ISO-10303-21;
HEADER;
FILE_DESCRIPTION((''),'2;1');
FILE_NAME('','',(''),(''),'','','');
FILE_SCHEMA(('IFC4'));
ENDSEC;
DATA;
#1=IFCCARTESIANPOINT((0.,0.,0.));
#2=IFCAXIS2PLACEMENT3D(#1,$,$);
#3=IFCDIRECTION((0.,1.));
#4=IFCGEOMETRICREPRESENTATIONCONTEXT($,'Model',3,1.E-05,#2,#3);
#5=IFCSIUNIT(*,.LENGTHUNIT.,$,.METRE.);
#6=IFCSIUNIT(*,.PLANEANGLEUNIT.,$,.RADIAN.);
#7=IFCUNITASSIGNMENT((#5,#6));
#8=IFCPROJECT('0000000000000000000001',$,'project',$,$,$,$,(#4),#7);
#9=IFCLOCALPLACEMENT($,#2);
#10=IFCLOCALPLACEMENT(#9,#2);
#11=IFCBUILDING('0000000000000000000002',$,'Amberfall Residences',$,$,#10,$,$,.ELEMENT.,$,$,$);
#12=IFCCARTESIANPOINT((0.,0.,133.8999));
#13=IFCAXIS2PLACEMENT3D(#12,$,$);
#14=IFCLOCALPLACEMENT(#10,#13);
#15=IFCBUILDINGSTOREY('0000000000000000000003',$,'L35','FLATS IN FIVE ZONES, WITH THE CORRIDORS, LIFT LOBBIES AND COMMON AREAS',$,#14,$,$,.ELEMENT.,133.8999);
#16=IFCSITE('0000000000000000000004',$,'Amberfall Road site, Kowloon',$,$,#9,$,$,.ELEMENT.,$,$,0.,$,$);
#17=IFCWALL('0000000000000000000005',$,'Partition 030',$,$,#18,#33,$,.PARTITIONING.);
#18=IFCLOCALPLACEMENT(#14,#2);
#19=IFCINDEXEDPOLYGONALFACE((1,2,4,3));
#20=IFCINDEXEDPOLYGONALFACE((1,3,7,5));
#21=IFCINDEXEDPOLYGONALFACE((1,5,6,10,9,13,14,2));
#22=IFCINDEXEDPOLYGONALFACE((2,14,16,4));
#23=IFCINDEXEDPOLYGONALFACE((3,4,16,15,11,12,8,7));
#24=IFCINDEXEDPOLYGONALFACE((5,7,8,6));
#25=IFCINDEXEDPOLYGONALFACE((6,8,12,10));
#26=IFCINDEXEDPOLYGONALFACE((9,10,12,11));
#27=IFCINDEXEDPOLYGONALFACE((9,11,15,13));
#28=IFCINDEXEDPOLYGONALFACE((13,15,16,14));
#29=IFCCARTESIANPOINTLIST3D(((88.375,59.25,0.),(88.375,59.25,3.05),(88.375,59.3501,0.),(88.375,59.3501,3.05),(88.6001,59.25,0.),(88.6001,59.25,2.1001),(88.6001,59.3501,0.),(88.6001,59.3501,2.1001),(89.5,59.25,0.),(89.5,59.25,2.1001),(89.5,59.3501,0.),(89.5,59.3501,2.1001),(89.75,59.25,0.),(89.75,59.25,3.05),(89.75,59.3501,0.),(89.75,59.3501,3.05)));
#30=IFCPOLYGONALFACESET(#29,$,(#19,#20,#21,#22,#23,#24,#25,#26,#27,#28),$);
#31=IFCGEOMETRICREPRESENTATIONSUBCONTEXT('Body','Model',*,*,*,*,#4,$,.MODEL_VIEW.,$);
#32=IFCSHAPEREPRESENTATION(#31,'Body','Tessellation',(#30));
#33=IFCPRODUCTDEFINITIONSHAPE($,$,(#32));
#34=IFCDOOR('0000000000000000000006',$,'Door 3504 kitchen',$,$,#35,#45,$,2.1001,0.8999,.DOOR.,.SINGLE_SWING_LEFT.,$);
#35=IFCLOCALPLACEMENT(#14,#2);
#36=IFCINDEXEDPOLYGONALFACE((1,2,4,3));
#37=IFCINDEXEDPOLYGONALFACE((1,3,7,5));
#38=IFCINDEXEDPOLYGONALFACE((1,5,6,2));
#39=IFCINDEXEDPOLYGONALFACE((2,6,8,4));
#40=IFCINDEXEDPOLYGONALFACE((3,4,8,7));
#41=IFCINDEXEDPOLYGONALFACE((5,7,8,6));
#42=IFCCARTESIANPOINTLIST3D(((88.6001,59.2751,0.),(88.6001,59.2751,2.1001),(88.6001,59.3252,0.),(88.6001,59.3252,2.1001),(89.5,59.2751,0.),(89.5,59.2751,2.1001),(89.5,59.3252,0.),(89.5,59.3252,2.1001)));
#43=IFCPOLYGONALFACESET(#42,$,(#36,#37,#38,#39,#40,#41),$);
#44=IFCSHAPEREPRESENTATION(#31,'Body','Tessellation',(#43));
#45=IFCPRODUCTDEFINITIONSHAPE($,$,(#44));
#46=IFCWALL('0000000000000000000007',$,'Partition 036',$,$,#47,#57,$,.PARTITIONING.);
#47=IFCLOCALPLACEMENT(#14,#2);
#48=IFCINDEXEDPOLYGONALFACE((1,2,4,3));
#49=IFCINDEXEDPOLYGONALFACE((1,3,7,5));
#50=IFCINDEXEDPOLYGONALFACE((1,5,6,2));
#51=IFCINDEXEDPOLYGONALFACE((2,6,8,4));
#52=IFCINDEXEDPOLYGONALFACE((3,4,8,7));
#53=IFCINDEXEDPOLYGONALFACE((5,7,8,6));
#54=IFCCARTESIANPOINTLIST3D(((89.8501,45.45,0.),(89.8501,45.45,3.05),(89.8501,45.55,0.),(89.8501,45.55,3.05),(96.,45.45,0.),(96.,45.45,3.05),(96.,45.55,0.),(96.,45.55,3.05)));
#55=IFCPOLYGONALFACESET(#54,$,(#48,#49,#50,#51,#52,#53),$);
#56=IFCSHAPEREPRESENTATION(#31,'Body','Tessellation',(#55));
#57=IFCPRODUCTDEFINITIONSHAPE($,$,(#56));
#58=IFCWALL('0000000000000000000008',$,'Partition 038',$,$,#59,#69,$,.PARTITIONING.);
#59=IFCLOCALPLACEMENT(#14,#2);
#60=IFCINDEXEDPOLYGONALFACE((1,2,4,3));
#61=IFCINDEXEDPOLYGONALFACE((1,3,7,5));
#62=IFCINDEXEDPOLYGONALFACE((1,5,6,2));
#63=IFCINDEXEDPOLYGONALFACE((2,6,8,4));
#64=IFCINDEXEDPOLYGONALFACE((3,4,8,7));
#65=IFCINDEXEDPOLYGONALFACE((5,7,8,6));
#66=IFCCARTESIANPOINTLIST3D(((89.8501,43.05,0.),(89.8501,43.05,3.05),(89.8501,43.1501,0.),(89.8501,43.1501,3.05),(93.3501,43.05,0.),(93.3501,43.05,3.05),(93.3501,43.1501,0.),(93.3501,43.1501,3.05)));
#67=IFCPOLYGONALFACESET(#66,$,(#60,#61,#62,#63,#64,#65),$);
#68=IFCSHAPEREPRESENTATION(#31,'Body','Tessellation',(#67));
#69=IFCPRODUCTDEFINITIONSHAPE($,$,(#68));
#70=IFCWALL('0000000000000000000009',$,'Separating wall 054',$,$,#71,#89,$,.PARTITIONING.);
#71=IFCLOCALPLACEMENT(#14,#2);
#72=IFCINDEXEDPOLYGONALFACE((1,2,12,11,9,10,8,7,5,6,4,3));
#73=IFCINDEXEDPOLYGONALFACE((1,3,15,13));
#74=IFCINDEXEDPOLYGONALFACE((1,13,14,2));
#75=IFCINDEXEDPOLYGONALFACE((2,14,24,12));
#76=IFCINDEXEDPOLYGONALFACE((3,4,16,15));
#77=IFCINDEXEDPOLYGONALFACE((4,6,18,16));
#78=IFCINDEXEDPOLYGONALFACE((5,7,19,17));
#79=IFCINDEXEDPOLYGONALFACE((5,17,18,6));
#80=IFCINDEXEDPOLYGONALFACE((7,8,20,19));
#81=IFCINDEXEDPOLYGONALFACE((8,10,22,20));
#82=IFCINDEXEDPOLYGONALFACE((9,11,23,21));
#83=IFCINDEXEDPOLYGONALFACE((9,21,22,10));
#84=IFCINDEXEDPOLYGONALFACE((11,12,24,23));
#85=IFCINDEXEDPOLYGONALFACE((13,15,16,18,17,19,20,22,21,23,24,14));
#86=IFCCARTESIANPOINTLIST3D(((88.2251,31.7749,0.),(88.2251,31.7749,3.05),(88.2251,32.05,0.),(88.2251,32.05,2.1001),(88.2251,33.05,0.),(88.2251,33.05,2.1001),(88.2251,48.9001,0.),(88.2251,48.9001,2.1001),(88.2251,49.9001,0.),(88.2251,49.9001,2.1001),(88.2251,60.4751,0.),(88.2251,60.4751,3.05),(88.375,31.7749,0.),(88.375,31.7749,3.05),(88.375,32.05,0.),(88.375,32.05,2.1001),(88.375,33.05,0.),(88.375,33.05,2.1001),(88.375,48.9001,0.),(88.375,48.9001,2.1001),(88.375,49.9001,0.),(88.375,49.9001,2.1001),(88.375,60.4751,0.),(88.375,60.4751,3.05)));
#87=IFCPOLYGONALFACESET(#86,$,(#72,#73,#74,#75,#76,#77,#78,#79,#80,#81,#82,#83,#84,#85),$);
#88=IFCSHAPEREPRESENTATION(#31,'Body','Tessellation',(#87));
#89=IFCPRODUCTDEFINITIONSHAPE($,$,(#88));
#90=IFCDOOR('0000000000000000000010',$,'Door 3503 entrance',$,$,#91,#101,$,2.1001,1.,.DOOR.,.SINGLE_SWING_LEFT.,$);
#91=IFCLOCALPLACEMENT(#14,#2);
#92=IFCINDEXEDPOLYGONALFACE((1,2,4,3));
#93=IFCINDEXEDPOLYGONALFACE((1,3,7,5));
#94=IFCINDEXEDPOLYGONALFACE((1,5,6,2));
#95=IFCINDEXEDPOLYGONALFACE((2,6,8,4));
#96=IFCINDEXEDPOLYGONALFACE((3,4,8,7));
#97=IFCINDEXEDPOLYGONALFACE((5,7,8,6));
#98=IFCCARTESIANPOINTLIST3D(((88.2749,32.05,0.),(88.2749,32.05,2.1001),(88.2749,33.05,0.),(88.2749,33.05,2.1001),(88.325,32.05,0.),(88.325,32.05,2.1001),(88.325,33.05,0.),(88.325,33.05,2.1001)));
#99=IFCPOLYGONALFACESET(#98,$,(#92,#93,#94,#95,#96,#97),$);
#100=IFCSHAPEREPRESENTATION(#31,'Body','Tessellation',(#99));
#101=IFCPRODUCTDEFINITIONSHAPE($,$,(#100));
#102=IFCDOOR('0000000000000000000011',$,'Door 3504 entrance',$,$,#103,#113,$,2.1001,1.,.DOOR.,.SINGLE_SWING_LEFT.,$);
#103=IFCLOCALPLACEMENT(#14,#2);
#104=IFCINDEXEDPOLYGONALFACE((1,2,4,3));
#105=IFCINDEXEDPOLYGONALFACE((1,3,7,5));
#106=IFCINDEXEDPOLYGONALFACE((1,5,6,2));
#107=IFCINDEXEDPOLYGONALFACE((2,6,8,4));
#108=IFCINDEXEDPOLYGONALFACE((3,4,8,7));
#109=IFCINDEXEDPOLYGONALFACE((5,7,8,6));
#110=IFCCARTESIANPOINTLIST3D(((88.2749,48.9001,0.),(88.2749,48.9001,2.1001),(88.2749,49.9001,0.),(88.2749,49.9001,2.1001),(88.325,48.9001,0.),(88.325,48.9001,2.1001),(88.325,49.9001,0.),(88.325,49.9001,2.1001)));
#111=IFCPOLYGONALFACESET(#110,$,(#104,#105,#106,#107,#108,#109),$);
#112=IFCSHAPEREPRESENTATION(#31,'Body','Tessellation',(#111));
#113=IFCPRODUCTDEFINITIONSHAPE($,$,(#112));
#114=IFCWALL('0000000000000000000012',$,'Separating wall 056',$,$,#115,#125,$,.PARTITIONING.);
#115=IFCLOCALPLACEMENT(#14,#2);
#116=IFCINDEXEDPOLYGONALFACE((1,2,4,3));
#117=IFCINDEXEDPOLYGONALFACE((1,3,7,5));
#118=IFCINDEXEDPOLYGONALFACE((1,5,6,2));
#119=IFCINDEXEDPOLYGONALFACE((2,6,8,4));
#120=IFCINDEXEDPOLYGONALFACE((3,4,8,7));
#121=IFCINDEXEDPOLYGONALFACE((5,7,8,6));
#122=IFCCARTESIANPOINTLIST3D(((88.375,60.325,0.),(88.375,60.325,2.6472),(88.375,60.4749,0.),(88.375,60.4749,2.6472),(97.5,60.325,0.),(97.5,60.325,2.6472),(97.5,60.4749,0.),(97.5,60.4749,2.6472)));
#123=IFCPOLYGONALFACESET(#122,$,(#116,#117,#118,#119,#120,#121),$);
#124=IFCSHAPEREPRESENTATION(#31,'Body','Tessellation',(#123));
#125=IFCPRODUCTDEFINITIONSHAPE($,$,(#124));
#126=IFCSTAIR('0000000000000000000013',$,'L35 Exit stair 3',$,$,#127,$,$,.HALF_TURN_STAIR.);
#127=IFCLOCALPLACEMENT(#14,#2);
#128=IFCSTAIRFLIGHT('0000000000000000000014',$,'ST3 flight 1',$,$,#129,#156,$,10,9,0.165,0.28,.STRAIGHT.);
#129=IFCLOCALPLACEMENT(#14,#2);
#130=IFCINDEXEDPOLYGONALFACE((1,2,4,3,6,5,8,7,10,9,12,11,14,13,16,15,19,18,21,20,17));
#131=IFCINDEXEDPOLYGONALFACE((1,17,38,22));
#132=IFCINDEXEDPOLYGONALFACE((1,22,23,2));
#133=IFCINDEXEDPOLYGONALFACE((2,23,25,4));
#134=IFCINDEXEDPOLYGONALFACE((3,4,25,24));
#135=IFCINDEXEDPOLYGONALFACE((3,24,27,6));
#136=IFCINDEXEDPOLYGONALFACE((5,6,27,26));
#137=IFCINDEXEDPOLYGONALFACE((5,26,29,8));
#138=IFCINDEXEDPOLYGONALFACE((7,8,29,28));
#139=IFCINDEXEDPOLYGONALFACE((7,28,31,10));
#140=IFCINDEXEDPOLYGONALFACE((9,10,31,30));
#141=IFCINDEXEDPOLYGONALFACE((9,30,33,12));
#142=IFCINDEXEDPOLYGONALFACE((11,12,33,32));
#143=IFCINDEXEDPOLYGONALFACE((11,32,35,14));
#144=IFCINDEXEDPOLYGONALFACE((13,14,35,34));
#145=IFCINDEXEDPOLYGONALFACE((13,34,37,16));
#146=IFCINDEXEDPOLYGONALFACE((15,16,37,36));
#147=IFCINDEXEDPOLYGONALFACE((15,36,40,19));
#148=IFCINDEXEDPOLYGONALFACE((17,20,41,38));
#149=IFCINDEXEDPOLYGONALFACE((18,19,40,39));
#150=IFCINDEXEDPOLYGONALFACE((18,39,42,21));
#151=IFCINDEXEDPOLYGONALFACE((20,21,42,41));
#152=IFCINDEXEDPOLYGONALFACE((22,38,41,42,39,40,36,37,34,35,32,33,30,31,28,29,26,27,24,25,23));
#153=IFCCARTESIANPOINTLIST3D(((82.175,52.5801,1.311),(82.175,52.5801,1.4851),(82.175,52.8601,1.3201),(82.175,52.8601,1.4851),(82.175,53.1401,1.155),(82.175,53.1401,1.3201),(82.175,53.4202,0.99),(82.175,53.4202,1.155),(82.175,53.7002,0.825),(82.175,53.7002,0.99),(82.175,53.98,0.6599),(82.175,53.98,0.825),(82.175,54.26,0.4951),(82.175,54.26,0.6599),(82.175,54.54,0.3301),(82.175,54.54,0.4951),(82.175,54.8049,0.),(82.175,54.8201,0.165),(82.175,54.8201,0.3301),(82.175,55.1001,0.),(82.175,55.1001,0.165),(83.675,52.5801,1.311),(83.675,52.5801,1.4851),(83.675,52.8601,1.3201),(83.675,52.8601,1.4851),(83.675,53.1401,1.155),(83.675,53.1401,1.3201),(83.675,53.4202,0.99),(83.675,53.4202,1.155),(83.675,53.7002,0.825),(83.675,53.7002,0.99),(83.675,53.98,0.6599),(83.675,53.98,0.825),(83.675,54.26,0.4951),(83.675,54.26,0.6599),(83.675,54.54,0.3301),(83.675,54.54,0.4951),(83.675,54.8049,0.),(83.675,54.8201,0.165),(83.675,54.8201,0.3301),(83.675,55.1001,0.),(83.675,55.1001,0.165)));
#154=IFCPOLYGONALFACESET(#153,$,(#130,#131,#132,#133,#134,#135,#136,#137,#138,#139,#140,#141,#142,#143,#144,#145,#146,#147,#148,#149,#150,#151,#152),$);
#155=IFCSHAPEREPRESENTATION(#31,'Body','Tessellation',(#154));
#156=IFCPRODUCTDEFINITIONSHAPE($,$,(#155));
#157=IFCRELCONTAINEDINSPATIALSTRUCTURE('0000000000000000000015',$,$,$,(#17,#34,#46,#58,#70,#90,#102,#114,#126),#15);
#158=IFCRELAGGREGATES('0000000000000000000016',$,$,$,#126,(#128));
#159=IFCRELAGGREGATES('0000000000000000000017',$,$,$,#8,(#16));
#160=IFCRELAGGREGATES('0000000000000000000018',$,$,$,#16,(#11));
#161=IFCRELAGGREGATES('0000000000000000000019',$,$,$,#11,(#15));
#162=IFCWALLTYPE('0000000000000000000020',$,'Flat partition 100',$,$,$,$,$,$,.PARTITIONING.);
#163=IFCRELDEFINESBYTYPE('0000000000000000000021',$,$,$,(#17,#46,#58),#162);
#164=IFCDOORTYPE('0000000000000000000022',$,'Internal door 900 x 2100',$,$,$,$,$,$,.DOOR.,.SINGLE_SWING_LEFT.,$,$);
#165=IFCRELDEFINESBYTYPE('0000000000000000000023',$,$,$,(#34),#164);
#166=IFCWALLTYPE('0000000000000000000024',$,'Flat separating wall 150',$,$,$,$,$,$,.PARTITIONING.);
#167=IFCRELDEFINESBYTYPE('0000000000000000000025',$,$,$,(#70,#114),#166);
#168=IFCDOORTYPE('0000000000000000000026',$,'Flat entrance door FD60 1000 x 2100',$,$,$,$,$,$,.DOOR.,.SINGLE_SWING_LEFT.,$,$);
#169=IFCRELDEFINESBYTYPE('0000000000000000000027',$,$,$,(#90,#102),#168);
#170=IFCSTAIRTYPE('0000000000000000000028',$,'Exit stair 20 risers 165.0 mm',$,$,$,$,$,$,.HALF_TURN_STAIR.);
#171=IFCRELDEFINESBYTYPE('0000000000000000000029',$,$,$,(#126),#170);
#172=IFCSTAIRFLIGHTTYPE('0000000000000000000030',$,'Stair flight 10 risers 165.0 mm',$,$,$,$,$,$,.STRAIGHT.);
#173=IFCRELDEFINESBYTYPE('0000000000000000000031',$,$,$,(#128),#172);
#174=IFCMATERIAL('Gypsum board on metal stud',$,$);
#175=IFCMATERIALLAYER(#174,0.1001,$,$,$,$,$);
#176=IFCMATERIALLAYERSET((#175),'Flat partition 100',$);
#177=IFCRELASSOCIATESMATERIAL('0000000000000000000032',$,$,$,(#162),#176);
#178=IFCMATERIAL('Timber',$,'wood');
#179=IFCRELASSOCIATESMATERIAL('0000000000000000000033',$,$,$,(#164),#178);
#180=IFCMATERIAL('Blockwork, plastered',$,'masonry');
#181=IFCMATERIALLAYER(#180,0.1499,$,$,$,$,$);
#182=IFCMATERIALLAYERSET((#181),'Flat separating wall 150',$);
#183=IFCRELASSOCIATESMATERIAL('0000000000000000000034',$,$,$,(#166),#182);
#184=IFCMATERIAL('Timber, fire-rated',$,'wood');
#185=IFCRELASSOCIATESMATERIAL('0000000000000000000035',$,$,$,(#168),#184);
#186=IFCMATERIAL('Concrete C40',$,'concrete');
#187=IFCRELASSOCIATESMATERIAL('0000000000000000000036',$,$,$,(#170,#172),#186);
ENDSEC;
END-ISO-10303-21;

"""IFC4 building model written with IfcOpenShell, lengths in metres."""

from ifc_helpers import new_model, si_unit, direction, frame, frame_2d, origin, place, context, subcontext, project, spatial, polyline, rectangle, outline, extrude, material, layer, layer_set, type_object, element, fill, aggregate, save


model = new_model("IFC4")

# Units and contexts
model_context = context("Model", 3, precision=1e-05, world=origin(), true_north=direction((0.0, 1.0)))
body_context = subcontext(model_context, "Body", "Model", "MODEL_VIEW")
ifc_project = project(units=[si_unit("LENGTHUNIT", "METRE"), si_unit("PLANEANGLEUNIT", "RADIAN")], contexts=[model_context])

# Site, building, storey
site_placement = place(None, origin())
site = spatial("IfcSite", under=ifc_project, at=site_placement, Name="Amberfall Road site, Kowloon", CompositionType="ELEMENT", RefElevation=0.0)
building_placement = place(site_placement, origin())
building = spatial("IfcBuilding", under=site, at=building_placement, Name="Amberfall Residences", CompositionType="ELEMENT")
storey_placement = place(building_placement, frame((0.0, 0.0, 133.8999)))
storey = spatial("IfcBuildingStorey", under=building, at=storey_placement, Name="L35", Description="FLATS IN FIVE ZONES, WITH THE CORRIDORS, LIFT LOBBIES AND COMMON AREAS", CompositionType="ELEMENT", Elevation=133.8999)

# Shared definitions
ifc_material_1 = material(Name="Gypsum board on metal stud")
ifc_layer_1 = layer(ifc_material_1, 0.1001)
ifc_layer_set_1 = layer_set([ifc_layer_1], Name="Flat partition 100")
wall_type_1 = type_object("IfcWallType", Name="Flat partition 100", PredefinedType="PARTITIONING", material=ifc_layer_set_1)
ifc_material_2 = material(Name="Timber", Category="wood")
door_type_1 = type_object("IfcDoorType", Name="Internal door 900 x 2100", OperationType="SINGLE_SWING_LEFT", PredefinedType="DOOR", material=ifc_material_2)

# Wall, opening, door
wall_1_placement = place(storey_placement, frame((89.75, 59.3, 0.0), z_axis=(0.0, 0.0, 1.0), x_axis=(-1.0, 0.0, 0.0)))
wall_1 = element("IfcWall", 1, at=wall_1_placement, inside=storey, type_object=wall_type_1, Name="Partition 030", PredefinedType="PARTITIONING", context=body_context, shape_type="SweptSolid", body=[
    extrude(rectangle(XDim=1.375, YDim=0.1001, at=frame_2d((0.6875, 0.0))), origin(), (0.0, 0.0, 1.0), 3.05),
])
opening_1_placement = place(wall_1_placement, frame((0.25, 0.0, 0.0)))
opening_1 = element("IfcOpeningElement", 2, at=opening_1_placement, cuts=wall_1, PredefinedType="OPENING", context=body_context, shape_type="SweptSolid", body=[
    extrude(rectangle(XDim=0.8999, YDim=2.1001, at=frame_2d((0.45, 1.05))), frame((0.0, 0.0601, 0.0), z_axis=(0.0, -1.0, 0.0), x_axis=(1.0, 0.0, 0.0)), (0.0, 0.0, 1.0), 0.1201),
])
door_1_placement = place(opening_1_placement, origin())
door_1 = element("IfcDoor", 3, at=door_1_placement, inside=storey, type_object=door_type_1, Name="Door 3504 kitchen", OperationType="SINGLE_SWING_LEFT", OverallHeight=2.1001, OverallWidth=0.8999, PredefinedType="DOOR", context=body_context, shape_type="SweptSolid", body=[
    extrude(rectangle(XDim=0.8999, YDim=2.1001, at=frame_2d((0.45, 1.05))), frame((0.0, 0.0249, 0.0), z_axis=(0.0, -1.0, 0.0), x_axis=(1.0, 0.0, 0.0)), (0.0, 0.0, 1.0), 0.05),
])
fill(opening_1, door_1)

# Walls
wall_2_placement = place(storey_placement, frame((89.8501, 45.5, 0.0), z_axis=(0.0, 0.0, 1.0), x_axis=(1.0, 0.0, 0.0)))
element("IfcWall", 4, at=wall_2_placement, inside=storey, type_object=wall_type_1, Name="Partition 036", PredefinedType="PARTITIONING", context=body_context, shape_type="SweptSolid", body=[
    extrude(rectangle(XDim=6.1499, YDim=0.1001, at=frame_2d((3.075, 0.0))), origin(), (0.0, 0.0, 1.0), 3.05),
])
wall_3_placement = place(storey_placement, frame((89.8501, 43.1001, 0.0), z_axis=(0.0, 0.0, 1.0), x_axis=(1.0, 0.0, 0.0)))
element("IfcWall", 5, at=wall_3_placement, inside=storey, type_object=wall_type_1, Name="Partition 038", PredefinedType="PARTITIONING", context=body_context, shape_type="SweptSolid", body=[
    extrude(rectangle(XDim=3.5, YDim=0.1001, at=frame_2d((1.75, 0.0))), origin(), (0.0, 0.0, 1.0), 3.05),
])

# Wall, openings, doors
ifc_material_3 = material(Name="Blockwork, plastered", Category="masonry")
ifc_layer_2 = layer(ifc_material_3, 0.1499)
ifc_layer_set_2 = layer_set([ifc_layer_2], Name="Flat separating wall 150")
wall_type_2 = type_object("IfcWallType", Name="Flat separating wall 150", PredefinedType="PARTITIONING", material=ifc_layer_set_2)
wall_4_placement = place(storey_placement, frame((88.3, 60.4751, 0.0), z_axis=(0.0, 0.0, 1.0), x_axis=(0.0, -1.0, 0.0)))
wall_4 = element("IfcWall", 6, at=wall_4_placement, inside=storey, type_object=wall_type_2, Name="Separating wall 054", PredefinedType="PARTITIONING", context=body_context, shape_type="SweptSolid", body=[
    extrude(rectangle(XDim=28.7002, YDim=0.1499, at=frame_2d((14.3501, 0.0))), origin(), (0.0, 0.0, 1.0), 3.05),
])
opening_2_placement = place(wall_4_placement, frame((27.425, 0.0, 0.0)))
opening_2 = element("IfcOpeningElement", 7, at=opening_2_placement, cuts=wall_4, PredefinedType="OPENING", context=body_context, shape_type="SweptSolid", body=[
    extrude(rectangle(XDim=1.0, YDim=2.1001, at=frame_2d((0.5, 1.05))), frame((0.0, 0.085, 0.0), z_axis=(0.0, -1.0, 0.0), x_axis=(1.0, 0.0, 0.0)), (0.0, 0.0, 1.0), 0.1699),
])
opening_3_placement = place(wall_4_placement, frame((10.575, 0.0, 0.0)))
opening_3 = element("IfcOpeningElement", 8, at=opening_3_placement, cuts=wall_4, PredefinedType="OPENING", context=body_context, shape_type="SweptSolid", body=[
    extrude(rectangle(XDim=1.0, YDim=2.1001, at=frame_2d((0.5, 1.05))), frame((0.0, 0.085, 0.0), z_axis=(0.0, -1.0, 0.0), x_axis=(1.0, 0.0, 0.0)), (0.0, 0.0, 1.0), 0.1699),
])
ifc_material_4 = material(Name="Timber, fire-rated", Category="wood")
door_type_2 = type_object("IfcDoorType", Name="Flat entrance door FD60 1000 x 2100", OperationType="SINGLE_SWING_LEFT", PredefinedType="DOOR", material=ifc_material_4)
door_2_placement = place(opening_2_placement, origin())
door_2 = element("IfcDoor", 9, at=door_2_placement, inside=storey, type_object=door_type_2, Name="Door 3503 entrance", OperationType="SINGLE_SWING_LEFT", OverallHeight=2.1001, OverallWidth=1.0, PredefinedType="DOOR", context=body_context, shape_type="SweptSolid", body=[
    extrude(rectangle(XDim=1.0, YDim=2.1001, at=frame_2d((0.5, 1.05))), frame((0.0, 0.0249, 0.0), z_axis=(0.0, -1.0, 0.0), x_axis=(1.0, 0.0, 0.0)), (0.0, 0.0, 1.0), 0.05),
])
fill(opening_2, door_2)
door_3_placement = place(opening_3_placement, origin())
door_3 = element("IfcDoor", 10, at=door_3_placement, inside=storey, type_object=door_type_2, Name="Door 3504 entrance", OperationType="SINGLE_SWING_LEFT", OverallHeight=2.1001, OverallWidth=1.0, PredefinedType="DOOR", context=body_context, shape_type="SweptSolid", body=[
    extrude(rectangle(XDim=1.0, YDim=2.1001, at=frame_2d((0.5, 1.05))), frame((0.0, 0.0249, 0.0), z_axis=(0.0, -1.0, 0.0), x_axis=(1.0, 0.0, 0.0)), (0.0, 0.0, 1.0), 0.05),
])
fill(opening_3, door_3)

# Wall
wall_5_placement = place(storey_placement, frame((88.375, 60.3999, 0.0), z_axis=(0.0, 0.0, 1.0), x_axis=(1.0, 0.0, 0.0)))
element("IfcWall", 11, at=wall_5_placement, inside=storey, type_object=wall_type_2, Name="Separating wall 056", PredefinedType="PARTITIONING", context=body_context, shape_type="SweptSolid", body=[
    extrude(rectangle(XDim=9.125, YDim=0.1499, at=frame_2d((4.5625, 0.0))), origin(), (0.0, 0.0, 1.0), 2.6472),
])

# Stair, stair flight
ifc_material_5 = material(Name="Concrete C40", Category="concrete")
stair_type = type_object("IfcStairType", Name="Exit stair 20 risers 165.0 mm", PredefinedType="HALF_TURN_STAIR", material=ifc_material_5)
stair_placement = place(storey_placement, origin())
stair = element("IfcStair", 12, at=stair_placement, inside=storey, type_object=stair_type, Name="L35 Exit stair 3", PredefinedType="HALF_TURN_STAIR")
stair_flight_type = type_object("IfcStairFlightType", Name="Stair flight 10 risers 165.0 mm", PredefinedType="STRAIGHT", material=ifc_material_5)
stair_flight_1_placement = place(storey_placement, frame((82.925, 55.1001, 0.0), z_axis=(0.0, 0.0, 1.0), x_axis=(0.0, -1.0, 0.0)))
stair_flight_1 = element("IfcStairFlight", 13, at=stair_flight_1_placement, type_object=stair_flight_type, Name="ST3 flight 1", NumberOfRisers=10, NumberOfTreads=9, PredefinedType="STRAIGHT", RiserHeight=0.165, TreadLength=0.28, context=body_context, shape_type="SweptSolid", body=[
    extrude(outline(polyline([(0.0, 0.0), (0.0, 0.165), (0.28, 0.165), (0.28, 0.3301), (0.5601, 0.3301), (0.5601, 0.4951), (0.8401, 0.4951), (0.8401, 0.6599), (1.1201, 0.6599), (1.1201, 0.825), (1.3999, 0.825), (1.3999, 0.99), (1.6799, 0.99), (1.6799, 1.155), (1.96, 1.155), (1.96, 1.3201), (2.24, 1.3201), (2.24, 1.4851), (2.52, 1.4851), (2.52, 1.6499), (2.52, 1.311), (0.2952, 0.0), (0.0, 0.0)])), frame((0.0, 0.75, 0.0), z_axis=(0.0, -1.0, 0.0), x_axis=(1.0, 0.0, 0.0)), (0.0, 0.0, 1.0), 1.5),
])
aggregate(stair, [stair_flight_1])

save(model, "model.ifc")
